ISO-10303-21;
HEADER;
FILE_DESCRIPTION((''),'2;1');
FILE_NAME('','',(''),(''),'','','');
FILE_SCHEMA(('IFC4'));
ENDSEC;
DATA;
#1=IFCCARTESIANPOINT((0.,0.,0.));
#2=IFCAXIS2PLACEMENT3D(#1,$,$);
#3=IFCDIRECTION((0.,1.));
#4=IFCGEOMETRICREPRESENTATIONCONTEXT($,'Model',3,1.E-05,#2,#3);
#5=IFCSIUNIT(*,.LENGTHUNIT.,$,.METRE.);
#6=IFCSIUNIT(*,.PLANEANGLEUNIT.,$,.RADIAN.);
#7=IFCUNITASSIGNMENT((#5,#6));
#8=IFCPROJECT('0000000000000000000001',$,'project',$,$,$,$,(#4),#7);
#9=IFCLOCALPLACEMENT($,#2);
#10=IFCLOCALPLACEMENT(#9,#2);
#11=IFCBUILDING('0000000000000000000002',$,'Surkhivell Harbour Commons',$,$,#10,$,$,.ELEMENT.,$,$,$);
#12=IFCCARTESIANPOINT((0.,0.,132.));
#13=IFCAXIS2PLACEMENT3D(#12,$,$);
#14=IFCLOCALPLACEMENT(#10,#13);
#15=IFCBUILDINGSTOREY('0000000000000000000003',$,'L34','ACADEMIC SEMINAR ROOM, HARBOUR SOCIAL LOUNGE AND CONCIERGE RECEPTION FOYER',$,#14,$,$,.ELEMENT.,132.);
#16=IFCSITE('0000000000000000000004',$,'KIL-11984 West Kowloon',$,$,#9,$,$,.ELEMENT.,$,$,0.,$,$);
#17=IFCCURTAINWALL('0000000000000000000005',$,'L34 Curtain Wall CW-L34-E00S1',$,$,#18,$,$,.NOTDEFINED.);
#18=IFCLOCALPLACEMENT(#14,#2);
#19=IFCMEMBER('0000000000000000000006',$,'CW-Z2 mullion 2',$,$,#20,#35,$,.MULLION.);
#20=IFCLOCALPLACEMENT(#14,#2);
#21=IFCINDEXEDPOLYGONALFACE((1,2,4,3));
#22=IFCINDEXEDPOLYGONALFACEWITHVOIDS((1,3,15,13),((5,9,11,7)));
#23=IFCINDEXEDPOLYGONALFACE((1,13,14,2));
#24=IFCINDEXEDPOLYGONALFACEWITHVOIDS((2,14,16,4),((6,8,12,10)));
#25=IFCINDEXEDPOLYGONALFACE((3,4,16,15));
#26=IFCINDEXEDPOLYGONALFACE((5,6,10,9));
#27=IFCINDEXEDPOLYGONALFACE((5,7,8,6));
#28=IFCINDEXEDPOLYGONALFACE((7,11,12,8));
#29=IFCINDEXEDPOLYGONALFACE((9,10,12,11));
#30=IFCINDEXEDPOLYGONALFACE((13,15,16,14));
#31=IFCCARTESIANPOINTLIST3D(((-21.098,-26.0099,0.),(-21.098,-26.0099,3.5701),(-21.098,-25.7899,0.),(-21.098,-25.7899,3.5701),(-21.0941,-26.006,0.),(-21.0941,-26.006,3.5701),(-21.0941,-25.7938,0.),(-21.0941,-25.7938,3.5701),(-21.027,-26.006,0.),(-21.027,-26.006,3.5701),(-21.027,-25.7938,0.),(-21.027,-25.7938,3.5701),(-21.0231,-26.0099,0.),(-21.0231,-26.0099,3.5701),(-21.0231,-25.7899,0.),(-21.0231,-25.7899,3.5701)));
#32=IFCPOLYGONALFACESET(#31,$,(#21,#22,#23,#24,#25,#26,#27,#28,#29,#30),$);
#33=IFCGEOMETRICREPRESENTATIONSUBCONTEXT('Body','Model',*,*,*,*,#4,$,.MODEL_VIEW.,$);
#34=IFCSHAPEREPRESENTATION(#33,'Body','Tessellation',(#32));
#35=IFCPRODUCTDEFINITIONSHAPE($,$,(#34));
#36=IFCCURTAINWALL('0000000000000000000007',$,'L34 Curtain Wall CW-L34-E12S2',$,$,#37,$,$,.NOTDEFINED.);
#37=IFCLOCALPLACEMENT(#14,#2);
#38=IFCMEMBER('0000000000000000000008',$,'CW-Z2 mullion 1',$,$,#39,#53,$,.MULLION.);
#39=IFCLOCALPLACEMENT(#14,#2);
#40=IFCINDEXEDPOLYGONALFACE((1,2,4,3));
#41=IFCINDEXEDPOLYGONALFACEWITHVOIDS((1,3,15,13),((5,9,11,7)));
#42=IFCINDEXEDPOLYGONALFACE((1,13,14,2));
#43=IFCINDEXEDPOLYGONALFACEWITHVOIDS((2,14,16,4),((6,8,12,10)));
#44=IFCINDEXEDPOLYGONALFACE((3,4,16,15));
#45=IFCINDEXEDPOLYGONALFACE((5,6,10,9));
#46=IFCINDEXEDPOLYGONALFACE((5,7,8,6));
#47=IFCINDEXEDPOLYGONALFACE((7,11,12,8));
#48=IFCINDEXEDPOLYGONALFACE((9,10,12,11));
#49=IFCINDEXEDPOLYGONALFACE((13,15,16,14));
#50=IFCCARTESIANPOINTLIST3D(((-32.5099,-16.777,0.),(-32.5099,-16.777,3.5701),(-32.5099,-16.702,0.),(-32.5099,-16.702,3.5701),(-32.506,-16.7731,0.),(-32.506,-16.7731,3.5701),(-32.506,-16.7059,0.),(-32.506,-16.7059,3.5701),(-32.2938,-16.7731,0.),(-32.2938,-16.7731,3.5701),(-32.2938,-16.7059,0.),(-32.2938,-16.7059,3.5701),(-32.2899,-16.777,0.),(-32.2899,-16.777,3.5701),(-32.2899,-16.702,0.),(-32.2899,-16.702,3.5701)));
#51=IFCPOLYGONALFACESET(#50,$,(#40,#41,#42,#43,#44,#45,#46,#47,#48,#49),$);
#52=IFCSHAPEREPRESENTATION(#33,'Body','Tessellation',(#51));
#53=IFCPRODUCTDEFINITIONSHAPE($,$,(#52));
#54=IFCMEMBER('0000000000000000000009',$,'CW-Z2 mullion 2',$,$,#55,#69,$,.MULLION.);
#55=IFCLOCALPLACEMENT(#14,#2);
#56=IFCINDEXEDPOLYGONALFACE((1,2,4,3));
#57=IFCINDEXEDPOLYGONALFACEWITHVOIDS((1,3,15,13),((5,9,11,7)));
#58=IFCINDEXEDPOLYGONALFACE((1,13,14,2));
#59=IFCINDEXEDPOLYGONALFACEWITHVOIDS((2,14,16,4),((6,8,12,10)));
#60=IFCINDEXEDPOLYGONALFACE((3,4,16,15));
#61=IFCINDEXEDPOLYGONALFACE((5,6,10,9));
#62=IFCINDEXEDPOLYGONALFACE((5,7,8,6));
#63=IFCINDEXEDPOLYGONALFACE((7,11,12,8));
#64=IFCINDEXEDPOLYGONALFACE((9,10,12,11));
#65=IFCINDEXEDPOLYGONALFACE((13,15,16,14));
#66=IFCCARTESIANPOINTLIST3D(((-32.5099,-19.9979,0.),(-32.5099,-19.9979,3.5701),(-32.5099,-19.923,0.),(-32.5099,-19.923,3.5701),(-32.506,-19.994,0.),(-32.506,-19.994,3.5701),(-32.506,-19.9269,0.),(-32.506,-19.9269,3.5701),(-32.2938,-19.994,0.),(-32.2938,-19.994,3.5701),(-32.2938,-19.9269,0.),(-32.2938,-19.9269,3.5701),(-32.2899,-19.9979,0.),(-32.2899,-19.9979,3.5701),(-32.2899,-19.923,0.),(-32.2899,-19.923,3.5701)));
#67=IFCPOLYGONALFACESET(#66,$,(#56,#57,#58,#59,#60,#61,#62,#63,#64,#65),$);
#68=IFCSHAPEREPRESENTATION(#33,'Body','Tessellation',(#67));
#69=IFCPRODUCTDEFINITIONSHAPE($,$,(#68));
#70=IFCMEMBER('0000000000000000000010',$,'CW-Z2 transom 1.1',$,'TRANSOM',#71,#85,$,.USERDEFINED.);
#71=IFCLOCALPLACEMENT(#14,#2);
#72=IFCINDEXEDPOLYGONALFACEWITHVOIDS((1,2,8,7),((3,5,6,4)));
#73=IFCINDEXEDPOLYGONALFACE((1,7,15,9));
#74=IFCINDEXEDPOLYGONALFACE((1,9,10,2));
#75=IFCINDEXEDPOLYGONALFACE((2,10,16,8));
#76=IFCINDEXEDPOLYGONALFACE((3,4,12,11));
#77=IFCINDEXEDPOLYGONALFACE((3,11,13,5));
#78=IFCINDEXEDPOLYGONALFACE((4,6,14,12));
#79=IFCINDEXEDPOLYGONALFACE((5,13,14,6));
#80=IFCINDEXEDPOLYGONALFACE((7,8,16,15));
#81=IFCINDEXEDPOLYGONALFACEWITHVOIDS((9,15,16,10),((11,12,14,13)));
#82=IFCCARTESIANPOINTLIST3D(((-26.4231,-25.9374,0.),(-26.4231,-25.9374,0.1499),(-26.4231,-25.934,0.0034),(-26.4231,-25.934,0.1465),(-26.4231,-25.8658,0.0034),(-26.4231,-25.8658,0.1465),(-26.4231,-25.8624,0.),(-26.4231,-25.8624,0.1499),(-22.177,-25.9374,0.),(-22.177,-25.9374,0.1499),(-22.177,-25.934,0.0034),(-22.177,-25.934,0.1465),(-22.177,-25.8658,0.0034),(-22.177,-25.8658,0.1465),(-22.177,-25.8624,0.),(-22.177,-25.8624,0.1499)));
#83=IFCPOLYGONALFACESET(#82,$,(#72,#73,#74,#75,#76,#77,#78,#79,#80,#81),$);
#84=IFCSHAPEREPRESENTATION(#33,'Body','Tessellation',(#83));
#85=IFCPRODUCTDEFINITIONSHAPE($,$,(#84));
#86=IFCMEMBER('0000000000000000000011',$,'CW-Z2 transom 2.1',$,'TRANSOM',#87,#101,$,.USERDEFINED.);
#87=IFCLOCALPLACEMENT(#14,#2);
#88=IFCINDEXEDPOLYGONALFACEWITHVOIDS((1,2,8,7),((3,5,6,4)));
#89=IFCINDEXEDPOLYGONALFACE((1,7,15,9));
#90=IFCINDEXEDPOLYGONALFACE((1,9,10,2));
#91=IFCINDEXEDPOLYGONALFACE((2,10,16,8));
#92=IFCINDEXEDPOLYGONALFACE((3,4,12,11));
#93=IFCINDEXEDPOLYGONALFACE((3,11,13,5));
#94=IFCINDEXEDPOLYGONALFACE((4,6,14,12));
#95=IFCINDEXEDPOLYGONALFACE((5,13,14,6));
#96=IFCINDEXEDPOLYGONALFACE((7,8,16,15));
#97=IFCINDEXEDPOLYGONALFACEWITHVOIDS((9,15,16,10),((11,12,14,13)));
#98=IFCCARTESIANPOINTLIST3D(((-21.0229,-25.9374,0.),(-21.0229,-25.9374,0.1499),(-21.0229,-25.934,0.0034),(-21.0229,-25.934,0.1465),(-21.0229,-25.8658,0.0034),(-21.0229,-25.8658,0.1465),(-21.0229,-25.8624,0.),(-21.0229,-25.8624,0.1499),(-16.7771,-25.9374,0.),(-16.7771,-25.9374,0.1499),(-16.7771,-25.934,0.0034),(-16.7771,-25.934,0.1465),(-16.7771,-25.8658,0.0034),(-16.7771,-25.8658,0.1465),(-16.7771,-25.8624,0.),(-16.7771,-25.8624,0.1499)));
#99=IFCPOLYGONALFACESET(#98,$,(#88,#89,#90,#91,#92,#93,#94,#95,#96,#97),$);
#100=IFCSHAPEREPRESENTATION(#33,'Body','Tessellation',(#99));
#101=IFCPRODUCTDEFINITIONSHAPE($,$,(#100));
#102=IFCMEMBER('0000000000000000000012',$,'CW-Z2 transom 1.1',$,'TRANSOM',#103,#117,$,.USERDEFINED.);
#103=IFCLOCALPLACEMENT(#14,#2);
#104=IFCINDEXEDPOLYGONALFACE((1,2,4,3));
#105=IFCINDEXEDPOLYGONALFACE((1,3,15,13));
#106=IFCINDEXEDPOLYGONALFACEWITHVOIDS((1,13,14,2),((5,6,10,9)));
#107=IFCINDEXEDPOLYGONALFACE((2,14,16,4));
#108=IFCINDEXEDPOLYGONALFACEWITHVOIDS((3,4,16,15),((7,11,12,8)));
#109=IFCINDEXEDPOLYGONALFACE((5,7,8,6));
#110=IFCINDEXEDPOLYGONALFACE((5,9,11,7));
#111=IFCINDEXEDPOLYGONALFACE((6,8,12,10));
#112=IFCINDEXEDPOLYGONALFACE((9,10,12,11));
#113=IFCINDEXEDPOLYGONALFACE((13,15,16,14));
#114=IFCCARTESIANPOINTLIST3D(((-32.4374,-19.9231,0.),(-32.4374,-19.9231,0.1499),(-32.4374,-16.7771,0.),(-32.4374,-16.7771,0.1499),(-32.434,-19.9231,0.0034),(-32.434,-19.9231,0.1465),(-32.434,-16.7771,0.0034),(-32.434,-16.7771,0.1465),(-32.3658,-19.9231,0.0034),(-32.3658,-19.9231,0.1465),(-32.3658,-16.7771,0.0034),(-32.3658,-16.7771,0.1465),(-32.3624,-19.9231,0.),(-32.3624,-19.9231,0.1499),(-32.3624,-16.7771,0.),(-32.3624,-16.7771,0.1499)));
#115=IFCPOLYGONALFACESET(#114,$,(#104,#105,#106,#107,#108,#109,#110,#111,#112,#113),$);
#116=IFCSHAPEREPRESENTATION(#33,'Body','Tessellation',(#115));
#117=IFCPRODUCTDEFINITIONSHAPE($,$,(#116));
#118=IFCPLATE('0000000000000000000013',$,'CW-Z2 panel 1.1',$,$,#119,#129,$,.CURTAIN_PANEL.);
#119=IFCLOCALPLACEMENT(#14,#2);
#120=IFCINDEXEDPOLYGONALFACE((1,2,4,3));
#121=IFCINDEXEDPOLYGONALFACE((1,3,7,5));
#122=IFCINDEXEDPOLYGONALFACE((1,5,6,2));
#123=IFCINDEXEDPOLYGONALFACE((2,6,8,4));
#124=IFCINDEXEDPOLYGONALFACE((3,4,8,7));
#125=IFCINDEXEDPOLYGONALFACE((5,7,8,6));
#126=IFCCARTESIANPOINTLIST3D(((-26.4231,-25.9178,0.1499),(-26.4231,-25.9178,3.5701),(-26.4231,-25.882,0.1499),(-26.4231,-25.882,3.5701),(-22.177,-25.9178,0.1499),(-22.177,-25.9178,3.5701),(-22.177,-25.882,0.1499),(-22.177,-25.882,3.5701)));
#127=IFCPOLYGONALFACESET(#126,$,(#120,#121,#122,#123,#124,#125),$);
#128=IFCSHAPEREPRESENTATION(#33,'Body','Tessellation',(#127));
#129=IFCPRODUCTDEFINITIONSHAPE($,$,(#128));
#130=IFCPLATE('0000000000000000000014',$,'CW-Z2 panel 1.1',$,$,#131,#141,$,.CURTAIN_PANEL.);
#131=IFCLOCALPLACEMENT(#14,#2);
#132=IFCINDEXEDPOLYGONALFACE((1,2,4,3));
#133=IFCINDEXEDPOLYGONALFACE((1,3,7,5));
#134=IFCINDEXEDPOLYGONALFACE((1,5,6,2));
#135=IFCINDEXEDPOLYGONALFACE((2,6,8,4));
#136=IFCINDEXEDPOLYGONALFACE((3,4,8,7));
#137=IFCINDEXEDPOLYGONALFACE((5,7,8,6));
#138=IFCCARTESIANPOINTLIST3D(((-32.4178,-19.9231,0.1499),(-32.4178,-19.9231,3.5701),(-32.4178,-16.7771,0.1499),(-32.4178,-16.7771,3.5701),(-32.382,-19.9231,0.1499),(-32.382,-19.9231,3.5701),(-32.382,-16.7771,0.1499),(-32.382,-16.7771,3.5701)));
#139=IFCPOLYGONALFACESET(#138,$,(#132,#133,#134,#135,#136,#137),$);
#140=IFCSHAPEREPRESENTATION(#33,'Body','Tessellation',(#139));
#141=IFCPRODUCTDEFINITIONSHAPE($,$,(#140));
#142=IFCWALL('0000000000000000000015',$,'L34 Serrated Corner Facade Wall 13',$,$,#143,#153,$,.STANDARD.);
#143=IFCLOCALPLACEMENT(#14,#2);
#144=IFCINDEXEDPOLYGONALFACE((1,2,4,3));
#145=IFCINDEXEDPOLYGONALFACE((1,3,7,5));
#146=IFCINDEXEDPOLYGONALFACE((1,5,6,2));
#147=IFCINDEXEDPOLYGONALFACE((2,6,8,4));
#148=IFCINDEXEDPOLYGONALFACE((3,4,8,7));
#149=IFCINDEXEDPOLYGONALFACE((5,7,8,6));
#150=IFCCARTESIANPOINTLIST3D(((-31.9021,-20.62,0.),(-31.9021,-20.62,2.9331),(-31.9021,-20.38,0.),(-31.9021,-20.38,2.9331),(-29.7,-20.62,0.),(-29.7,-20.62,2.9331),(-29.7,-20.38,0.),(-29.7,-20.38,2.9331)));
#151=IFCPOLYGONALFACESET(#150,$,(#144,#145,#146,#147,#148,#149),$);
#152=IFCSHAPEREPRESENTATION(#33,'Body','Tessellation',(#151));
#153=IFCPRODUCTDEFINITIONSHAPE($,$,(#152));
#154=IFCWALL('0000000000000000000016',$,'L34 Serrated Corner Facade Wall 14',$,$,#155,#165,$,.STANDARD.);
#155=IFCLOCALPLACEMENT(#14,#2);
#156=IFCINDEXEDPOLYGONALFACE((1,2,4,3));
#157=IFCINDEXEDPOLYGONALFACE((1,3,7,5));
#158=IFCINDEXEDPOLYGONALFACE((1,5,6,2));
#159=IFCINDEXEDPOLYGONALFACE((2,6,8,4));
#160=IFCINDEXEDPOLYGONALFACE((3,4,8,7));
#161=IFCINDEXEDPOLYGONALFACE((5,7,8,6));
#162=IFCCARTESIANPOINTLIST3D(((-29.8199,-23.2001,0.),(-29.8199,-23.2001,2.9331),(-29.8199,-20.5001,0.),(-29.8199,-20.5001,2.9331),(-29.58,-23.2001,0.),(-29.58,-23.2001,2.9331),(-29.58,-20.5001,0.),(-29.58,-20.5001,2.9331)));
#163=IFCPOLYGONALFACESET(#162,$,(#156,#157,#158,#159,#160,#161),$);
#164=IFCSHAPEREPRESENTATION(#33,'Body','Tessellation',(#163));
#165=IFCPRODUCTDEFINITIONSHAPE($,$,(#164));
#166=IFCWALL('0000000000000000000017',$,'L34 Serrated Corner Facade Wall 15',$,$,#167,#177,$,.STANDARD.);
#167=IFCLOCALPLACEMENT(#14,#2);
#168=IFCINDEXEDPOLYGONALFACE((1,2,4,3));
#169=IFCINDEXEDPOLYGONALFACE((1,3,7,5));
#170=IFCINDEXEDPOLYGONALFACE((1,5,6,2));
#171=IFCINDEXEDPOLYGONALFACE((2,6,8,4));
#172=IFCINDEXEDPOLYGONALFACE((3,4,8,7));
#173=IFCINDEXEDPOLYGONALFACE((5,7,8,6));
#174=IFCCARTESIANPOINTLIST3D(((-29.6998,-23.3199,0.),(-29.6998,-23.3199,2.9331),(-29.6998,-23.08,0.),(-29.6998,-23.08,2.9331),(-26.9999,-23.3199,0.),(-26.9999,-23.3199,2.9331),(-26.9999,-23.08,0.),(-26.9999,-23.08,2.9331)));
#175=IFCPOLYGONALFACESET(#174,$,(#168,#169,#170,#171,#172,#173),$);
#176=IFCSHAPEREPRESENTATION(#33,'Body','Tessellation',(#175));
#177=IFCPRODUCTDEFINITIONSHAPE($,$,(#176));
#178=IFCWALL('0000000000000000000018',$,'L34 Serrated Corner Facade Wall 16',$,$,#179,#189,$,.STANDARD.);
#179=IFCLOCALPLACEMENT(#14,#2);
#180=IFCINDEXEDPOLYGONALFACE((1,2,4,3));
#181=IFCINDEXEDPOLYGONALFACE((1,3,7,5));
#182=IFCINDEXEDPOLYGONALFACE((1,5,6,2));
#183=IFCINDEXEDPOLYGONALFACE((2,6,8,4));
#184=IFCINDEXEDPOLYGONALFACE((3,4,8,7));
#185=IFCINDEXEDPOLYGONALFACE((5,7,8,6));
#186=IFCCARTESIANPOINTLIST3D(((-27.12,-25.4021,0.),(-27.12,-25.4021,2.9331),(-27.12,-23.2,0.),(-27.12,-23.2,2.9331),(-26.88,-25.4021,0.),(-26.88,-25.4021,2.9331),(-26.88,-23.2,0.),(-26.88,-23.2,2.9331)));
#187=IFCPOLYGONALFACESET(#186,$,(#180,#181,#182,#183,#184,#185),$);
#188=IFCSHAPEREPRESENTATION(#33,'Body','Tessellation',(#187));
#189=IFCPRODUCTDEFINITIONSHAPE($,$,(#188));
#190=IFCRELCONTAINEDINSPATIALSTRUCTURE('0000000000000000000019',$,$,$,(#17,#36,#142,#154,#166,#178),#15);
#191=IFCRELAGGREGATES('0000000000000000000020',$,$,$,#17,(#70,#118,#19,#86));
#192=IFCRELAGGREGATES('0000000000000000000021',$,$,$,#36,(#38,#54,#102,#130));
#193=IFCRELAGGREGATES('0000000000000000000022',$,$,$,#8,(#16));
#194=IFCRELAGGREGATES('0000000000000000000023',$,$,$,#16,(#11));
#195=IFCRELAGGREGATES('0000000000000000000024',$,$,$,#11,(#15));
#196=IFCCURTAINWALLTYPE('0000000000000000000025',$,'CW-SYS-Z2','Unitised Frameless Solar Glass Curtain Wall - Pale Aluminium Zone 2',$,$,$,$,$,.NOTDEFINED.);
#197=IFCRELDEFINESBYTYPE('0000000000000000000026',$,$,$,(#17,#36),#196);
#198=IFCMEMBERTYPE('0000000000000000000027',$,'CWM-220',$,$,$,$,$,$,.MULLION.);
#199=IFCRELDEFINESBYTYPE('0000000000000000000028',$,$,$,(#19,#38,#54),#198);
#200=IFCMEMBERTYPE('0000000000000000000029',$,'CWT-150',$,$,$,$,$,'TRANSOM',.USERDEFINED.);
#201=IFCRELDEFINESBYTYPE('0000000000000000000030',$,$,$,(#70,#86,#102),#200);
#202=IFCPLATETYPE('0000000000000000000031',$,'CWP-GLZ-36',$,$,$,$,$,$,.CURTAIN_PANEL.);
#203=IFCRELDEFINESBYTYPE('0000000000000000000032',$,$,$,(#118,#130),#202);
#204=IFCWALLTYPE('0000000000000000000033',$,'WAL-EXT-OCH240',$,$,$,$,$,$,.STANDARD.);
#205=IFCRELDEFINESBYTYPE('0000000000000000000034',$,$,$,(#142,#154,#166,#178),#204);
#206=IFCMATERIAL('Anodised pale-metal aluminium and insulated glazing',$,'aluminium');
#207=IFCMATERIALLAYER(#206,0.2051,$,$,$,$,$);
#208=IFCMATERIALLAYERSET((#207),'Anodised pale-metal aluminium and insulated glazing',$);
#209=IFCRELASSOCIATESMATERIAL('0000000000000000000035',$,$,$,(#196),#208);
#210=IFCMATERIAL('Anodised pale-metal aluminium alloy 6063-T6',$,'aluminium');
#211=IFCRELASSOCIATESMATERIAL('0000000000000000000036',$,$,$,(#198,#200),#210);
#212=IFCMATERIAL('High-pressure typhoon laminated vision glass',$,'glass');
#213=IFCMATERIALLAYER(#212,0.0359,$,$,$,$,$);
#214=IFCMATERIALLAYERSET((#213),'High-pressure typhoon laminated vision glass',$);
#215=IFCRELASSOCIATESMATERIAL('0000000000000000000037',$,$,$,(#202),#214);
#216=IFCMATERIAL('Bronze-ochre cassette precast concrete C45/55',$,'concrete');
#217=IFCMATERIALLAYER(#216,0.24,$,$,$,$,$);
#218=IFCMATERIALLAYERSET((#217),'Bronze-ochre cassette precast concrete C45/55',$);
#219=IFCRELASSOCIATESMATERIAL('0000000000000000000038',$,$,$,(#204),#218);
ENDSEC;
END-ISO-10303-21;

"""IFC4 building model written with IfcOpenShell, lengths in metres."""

from ifc_helpers import new_model, si_unit, direction, frame, frame_2d, origin, origin_2d, place, context, subcontext, project, spatial, rectangle, hollow_rectangle, extrude, material, layer, layer_set, material_profile, profile_set, type_object, element, aggregate, save


model = new_model("IFC4")

# Units and contexts
model_context = context("Model", 3, precision=1e-05, world=origin(), true_north=direction((0.0, 1.0)))
body_context = subcontext(model_context, "Body", "Model", "MODEL_VIEW")
ifc_project = project(units=[si_unit("LENGTHUNIT", "METRE"), si_unit("PLANEANGLEUNIT", "RADIAN")], contexts=[model_context])

# Site, building, storey
site_placement = place(None, origin())
site = spatial("IfcSite", under=ifc_project, at=site_placement, Name="KIL-11984 West Kowloon", CompositionType="ELEMENT", RefElevation=0.0)
building_placement = place(site_placement, origin())
building = spatial("IfcBuilding", under=site, at=building_placement, Name="Surkhivell Harbour Commons", CompositionType="ELEMENT")
storey_placement = place(building_placement, frame((0.0, 0.0, 132.0)))
storey = spatial("IfcBuildingStorey", under=building, at=storey_placement, Name="L34", Description="ACADEMIC SEMINAR ROOM, HARBOUR SOCIAL LOUNGE AND CONCIERGE RECEPTION FOYER", CompositionType="ELEMENT", Elevation=132.0)

# Curtain walls, members
ifc_material_1 = material(Name="Anodised pale-metal aluminium and insulated glazing", Category="aluminium")
ifc_layer_1 = layer(ifc_material_1, 0.2051)
ifc_layer_set_1 = layer_set([ifc_layer_1], Name="Anodised pale-metal aluminium and insulated glazing")
curtain_wall_type = type_object("IfcCurtainWallType", Name="CW-SYS-Z2", Description="Unitised Frameless Solar Glass Curtain Wall - Pale Aluminium Zone 2", PredefinedType="NOTDEFINED", material=ifc_layer_set_1)
curtain_wall_1_placement = place(storey_placement, origin())
curtain_wall_1 = element("IfcCurtainWall", 1, at=curtain_wall_1_placement, inside=storey, type_object=curtain_wall_type, Name="L34 Curtain Wall CW-L34-E00S1", PredefinedType="NOTDEFINED")
ifc_material_2 = material(Name="Anodised pale-metal aluminium alloy 6063-T6", Category="aluminium")
ifc_material_profile_1 = material_profile(ifc_material_2, hollow_rectangle(XDim=0.075, YDim=0.22, WallThickness=0.0039, at=origin_2d()), Name="ALU-MULL-75x220")
ifc_profile_set_1 = profile_set([ifc_material_profile_1], Name="Anodised pale-metal aluminium alloy 6063-T6")
member_type_1 = type_object("IfcMemberType", Name="CWM-220", PredefinedType="MULLION", material=ifc_profile_set_1)
member_1_placement = place(storey_placement, frame((-21.0605, -25.8999, 0.0), z_axis=(0.0, 0.0, 1.0), x_axis=(1.0, 0.0, 0.0)))
member_1 = element("IfcMember", 2, at=member_1_placement, type_object=member_type_1, Name="CW-Z2 mullion 2", PredefinedType="MULLION", context=body_context, shape_type="SweptSolid", body=[
    extrude(hollow_rectangle(XDim=0.075, YDim=0.22, WallThickness=0.0039, at=origin_2d()), origin(), (0.0, 0.0, 1.0), 3.5701),
])
curtain_wall_2_placement = place(storey_placement, origin())
curtain_wall_2 = element("IfcCurtainWall", 3, at=curtain_wall_2_placement, inside=storey, type_object=curtain_wall_type, Name="L34 Curtain Wall CW-L34-E12S2", PredefinedType="NOTDEFINED")
member_2_placement = place(storey_placement, frame((-32.3999, -16.7395, 0.0), z_axis=(0.0, 0.0, 1.0), x_axis=(0.0, -1.0, 0.0)))
member_2 = element("IfcMember", 4, at=member_2_placement, type_object=member_type_1, Name="CW-Z2 mullion 1", PredefinedType="MULLION", context=body_context, shape_type="SweptSolid", body=[
    extrude(hollow_rectangle(XDim=0.075, YDim=0.22, WallThickness=0.0039, at=origin_2d()), origin(), (0.0, 0.0, 1.0), 3.5701),
])
member_3_placement = place(storey_placement, frame((-32.3999, -19.9604, 0.0), z_axis=(0.0, 0.0, 1.0), x_axis=(0.0, -1.0, 0.0)))
member_3 = element("IfcMember", 5, at=member_3_placement, type_object=member_type_1, Name="CW-Z2 mullion 2", PredefinedType="MULLION", context=body_context, shape_type="SweptSolid", body=[
    extrude(hollow_rectangle(XDim=0.075, YDim=0.22, WallThickness=0.0039, at=origin_2d()), origin(), (0.0, 0.0, 1.0), 3.5701),
])

# Members
ifc_material_profile_2 = material_profile(ifc_material_2, hollow_rectangle(XDim=0.075, YDim=0.1499, WallThickness=0.0034, at=origin_2d()), Name="ALU-TRAN-75x150")
ifc_profile_set_2 = profile_set([ifc_material_profile_2], Name="Anodised pale-metal aluminium alloy 6063-T6")
member_type_2 = type_object("IfcMemberType", Name="CWT-150", ElementType="TRANSOM", PredefinedType="USERDEFINED", material=ifc_profile_set_2)
member_4_placement = place(storey_placement, frame((-26.4231, -25.8999, 0.075), z_axis=(1.0, 0.0, 0.0), x_axis=(0.0, 1.0, 0.0)))
member_4 = element("IfcMember", 6, at=member_4_placement, type_object=member_type_2, Name="CW-Z2 transom 1.1", ObjectType="TRANSOM", PredefinedType="USERDEFINED", context=body_context, shape_type="SweptSolid", body=[
    extrude(hollow_rectangle(XDim=0.075, YDim=0.1499, WallThickness=0.0034, at=origin_2d()), origin(), (0.0, 0.0, 1.0), 4.2461),
])
member_5_placement = place(storey_placement, frame((-21.0229, -25.8999, 0.075), z_axis=(1.0, 0.0, 0.0), x_axis=(0.0, 1.0, 0.0)))
member_5 = element("IfcMember", 7, at=member_5_placement, type_object=member_type_2, Name="CW-Z2 transom 2.1", ObjectType="TRANSOM", PredefinedType="USERDEFINED", context=body_context, shape_type="SweptSolid", body=[
    extrude(hollow_rectangle(XDim=0.075, YDim=0.1499, WallThickness=0.0034, at=origin_2d()), origin(), (0.0, 0.0, 1.0), 4.2458),
])
member_6_placement = place(storey_placement, frame((-32.3999, -16.7771, 0.075), z_axis=(0.0, -1.0, 0.0), x_axis=(1.0, 0.0, 0.0)))
member_6 = element("IfcMember", 8, at=member_6_placement, type_object=member_type_2, Name="CW-Z2 transom 1.1", ObjectType="TRANSOM", PredefinedType="USERDEFINED", context=body_context, shape_type="SweptSolid", body=[
    extrude(hollow_rectangle(XDim=0.075, YDim=0.1499, WallThickness=0.0034, at=origin_2d()), origin(), (0.0, 0.0, 1.0), 3.146),
])

# Plates
ifc_material_3 = material(Name="High-pressure typhoon laminated vision glass", Category="glass")
ifc_layer_2 = layer(ifc_material_3, 0.0359)
ifc_layer_set_2 = layer_set([ifc_layer_2], Name="High-pressure typhoon laminated vision glass")
plate_type = type_object("IfcPlateType", Name="CWP-GLZ-36", PredefinedType="CURTAIN_PANEL", material=ifc_layer_set_2)
plate_1_placement = place(storey_placement, frame((-26.4231, -25.8999, 0.1499), z_axis=(0.0, 0.0, 1.0), x_axis=(1.0, 0.0, 0.0)))
plate_1 = element("IfcPlate", 9, at=plate_1_placement, type_object=plate_type, Name="CW-Z2 panel 1.1", PredefinedType="CURTAIN_PANEL", context=body_context, shape_type="SweptSolid", body=[
    extrude(rectangle(XDim=4.2461, YDim=0.0359, at=frame_2d((2.123, 0.0))), origin(), (0.0, 0.0, 1.0), 3.4202),
])
aggregate(curtain_wall_1, [member_4, plate_1, member_1, member_5])
plate_2_placement = place(storey_placement, frame((-32.3999, -16.7771, 0.1499), z_axis=(0.0, 0.0, 1.0), x_axis=(0.0, -1.0, 0.0)))
plate_2 = element("IfcPlate", 10, at=plate_2_placement, type_object=plate_type, Name="CW-Z2 panel 1.1", PredefinedType="CURTAIN_PANEL", context=body_context, shape_type="SweptSolid", body=[
    extrude(rectangle(XDim=3.146, YDim=0.0359, at=frame_2d((1.573, 0.0))), origin(), (0.0, 0.0, 1.0), 3.4202),
])
aggregate(curtain_wall_2, [member_2, member_3, member_6, plate_2])

# Walls
ifc_material_4 = material(Name="Bronze-ochre cassette precast concrete C45/55", Category="concrete")
ifc_layer_3 = layer(ifc_material_4, 0.24)
ifc_layer_set_3 = layer_set([ifc_layer_3], Name="Bronze-ochre cassette precast concrete C45/55")
wall_type = type_object("IfcWallType", Name="WAL-EXT-OCH240", PredefinedType="STANDARD", material=ifc_layer_set_3)
wall_1_placement = place(storey_placement, frame((-31.9021, -20.5, 0.0), z_axis=(0.0, 0.0, 1.0), x_axis=(1.0, 0.0, 0.0)))
element("IfcWall", 11, at=wall_1_placement, inside=storey, type_object=wall_type, Name="L34 Serrated Corner Facade Wall 13", PredefinedType="STANDARD", context=body_context, shape_type="SweptSolid", body=[
    extrude(rectangle(XDim=2.2021, YDim=0.24, at=frame_2d((1.1011, 0.0))), origin(), (0.0, 0.0, 1.0), 2.9331),
])
for number, where, z_axis, x_axis, name in (
    (12, (-29.7, -20.5, 0.0), (0.0, 0.0, 1.0), (0.0, -1.0, 0.0), "L34 Serrated Corner Facade Wall 14"),
    (13, (-29.7, -23.2, 0.0), (0.0, 0.0, 1.0), (1.0, 0.0, 0.0), "L34 Serrated Corner Facade Wall 15"),
):
    element("IfcWall", number, at=place(storey_placement, frame(where, z_axis=z_axis, x_axis=x_axis)), inside=storey, type_object=wall_type, Name=name, PredefinedType="STANDARD", context=body_context, shape_type="SweptSolid", body=[
        extrude(rectangle(XDim=2.7, YDim=0.24, at=frame_2d((1.3501, 0.0))), origin(), (0.0, 0.0, 1.0), 2.9331),
    ])
wall_2_placement = place(storey_placement, frame((-27.0, -23.2, 0.0), z_axis=(0.0, 0.0, 1.0), x_axis=(0.0, -1.0, 0.0)))
element("IfcWall", 14, at=wall_2_placement, inside=storey, type_object=wall_type, Name="L34 Serrated Corner Facade Wall 16", PredefinedType="STANDARD", context=body_context, shape_type="SweptSolid", body=[
    extrude(rectangle(XDim=2.2021, YDim=0.24, at=frame_2d((1.1011, 0.0))), origin(), (0.0, 0.0, 1.0), 2.9331),
])

save(model, "model.ifc")
